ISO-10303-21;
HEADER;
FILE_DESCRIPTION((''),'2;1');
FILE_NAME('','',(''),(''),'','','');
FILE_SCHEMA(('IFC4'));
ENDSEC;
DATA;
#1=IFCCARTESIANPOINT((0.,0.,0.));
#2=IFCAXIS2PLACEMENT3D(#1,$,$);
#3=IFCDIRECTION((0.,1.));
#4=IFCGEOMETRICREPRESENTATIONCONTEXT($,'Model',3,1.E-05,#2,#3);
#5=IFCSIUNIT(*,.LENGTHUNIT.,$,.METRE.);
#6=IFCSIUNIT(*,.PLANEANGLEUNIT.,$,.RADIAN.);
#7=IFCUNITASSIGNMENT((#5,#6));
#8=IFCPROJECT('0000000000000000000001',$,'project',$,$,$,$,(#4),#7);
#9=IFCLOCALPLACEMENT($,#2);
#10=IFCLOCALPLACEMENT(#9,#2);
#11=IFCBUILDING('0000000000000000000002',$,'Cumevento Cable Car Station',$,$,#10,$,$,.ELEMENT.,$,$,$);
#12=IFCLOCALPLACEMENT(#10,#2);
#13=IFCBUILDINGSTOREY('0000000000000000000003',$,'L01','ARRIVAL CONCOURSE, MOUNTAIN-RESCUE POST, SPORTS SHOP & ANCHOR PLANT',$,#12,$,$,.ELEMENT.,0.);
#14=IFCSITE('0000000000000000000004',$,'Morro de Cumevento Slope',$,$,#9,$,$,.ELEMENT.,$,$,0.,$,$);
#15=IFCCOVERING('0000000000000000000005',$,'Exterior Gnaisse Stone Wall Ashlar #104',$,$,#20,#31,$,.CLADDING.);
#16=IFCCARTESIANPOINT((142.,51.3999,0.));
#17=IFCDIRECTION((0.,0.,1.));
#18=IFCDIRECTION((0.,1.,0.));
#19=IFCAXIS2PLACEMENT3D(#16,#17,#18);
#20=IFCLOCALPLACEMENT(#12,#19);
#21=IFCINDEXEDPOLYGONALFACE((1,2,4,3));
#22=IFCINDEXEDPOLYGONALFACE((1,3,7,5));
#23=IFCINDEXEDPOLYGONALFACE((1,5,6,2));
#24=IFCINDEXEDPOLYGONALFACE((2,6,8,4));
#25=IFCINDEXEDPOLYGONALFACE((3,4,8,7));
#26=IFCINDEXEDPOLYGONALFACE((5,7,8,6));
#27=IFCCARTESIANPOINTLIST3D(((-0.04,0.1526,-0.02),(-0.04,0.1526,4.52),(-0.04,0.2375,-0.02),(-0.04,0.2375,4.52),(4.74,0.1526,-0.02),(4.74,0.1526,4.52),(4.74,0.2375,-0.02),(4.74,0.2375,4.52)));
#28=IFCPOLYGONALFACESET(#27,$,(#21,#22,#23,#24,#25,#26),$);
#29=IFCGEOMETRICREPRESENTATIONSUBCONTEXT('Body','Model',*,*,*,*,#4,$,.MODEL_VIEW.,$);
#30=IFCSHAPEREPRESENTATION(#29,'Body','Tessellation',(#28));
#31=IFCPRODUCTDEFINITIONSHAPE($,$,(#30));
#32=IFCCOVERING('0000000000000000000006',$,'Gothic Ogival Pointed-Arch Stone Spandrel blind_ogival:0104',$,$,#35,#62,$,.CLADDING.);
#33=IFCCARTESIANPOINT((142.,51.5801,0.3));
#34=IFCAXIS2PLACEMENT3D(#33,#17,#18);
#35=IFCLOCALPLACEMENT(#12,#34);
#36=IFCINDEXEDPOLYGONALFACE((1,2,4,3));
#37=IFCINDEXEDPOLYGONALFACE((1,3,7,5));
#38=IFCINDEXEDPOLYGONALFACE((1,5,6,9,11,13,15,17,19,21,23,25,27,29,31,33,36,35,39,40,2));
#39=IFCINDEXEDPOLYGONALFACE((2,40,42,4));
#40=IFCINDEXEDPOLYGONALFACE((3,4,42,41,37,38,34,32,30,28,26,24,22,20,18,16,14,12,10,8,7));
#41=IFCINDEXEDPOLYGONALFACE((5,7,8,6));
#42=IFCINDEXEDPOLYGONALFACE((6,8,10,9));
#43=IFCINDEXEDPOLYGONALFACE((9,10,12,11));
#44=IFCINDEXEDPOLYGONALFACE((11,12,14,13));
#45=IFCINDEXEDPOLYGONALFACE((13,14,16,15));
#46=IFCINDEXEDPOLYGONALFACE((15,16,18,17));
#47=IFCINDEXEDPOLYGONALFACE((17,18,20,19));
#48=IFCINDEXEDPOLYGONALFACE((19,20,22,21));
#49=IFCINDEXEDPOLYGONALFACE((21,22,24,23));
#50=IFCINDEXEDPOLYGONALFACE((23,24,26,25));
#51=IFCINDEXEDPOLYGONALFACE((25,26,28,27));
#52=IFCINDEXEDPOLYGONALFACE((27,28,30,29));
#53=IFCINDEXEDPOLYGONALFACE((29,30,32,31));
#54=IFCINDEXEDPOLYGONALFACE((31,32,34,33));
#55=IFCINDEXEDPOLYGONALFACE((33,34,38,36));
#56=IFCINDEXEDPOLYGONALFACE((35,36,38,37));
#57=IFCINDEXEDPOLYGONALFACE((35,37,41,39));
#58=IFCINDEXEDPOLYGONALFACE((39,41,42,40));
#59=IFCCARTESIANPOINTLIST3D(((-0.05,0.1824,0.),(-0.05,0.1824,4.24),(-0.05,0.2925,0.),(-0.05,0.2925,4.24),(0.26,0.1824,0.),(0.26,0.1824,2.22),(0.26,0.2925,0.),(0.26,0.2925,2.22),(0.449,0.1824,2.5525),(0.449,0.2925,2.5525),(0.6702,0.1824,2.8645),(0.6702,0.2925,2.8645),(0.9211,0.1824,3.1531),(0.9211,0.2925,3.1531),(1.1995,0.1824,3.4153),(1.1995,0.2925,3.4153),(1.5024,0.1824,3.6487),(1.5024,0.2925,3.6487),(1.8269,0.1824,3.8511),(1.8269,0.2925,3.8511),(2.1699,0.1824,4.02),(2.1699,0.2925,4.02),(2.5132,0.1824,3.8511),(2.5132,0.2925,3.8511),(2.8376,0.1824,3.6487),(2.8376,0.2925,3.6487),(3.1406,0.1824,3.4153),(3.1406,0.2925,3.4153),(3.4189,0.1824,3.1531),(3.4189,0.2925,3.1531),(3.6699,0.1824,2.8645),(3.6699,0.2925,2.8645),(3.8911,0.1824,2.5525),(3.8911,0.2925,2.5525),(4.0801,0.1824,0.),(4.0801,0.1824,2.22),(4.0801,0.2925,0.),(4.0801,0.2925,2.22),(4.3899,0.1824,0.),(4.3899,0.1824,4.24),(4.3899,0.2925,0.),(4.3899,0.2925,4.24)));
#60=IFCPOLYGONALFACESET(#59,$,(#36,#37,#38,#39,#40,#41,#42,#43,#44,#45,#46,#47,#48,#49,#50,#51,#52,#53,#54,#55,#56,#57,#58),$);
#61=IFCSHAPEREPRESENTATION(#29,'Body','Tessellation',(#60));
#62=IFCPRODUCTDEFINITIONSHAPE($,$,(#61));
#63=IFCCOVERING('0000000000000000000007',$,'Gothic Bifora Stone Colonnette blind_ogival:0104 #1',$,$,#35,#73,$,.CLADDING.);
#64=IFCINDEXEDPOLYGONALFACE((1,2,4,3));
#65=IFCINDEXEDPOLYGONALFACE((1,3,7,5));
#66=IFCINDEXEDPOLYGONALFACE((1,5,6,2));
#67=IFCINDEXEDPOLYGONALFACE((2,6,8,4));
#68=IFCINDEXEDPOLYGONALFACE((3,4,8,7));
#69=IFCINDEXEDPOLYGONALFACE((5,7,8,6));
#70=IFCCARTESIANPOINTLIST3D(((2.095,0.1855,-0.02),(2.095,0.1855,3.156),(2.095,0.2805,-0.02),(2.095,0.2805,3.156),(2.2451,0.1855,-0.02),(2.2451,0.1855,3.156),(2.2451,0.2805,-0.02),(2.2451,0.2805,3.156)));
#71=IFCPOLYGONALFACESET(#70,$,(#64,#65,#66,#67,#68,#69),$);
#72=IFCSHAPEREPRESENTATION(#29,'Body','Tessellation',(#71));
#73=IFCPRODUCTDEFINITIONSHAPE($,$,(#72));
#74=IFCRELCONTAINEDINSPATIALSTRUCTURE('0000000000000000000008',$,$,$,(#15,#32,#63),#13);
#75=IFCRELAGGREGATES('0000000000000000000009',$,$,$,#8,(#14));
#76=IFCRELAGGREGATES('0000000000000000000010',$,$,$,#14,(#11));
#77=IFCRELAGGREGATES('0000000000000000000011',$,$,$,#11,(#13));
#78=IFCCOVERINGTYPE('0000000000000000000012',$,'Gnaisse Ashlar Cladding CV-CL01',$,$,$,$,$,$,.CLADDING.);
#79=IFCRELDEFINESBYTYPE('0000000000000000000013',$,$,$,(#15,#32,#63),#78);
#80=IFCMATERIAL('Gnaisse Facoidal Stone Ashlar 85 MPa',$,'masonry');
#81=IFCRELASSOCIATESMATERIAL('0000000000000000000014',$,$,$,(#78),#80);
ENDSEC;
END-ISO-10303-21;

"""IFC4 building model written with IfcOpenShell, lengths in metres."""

from ifc_helpers import new_model, si_unit, direction, frame, origin, place, context, subcontext, project, spatial, polyline, outline, extrude, material, type_object, element, save


model = new_model("IFC4")

# Units and contexts
model_context = context("Model", 3, precision=1e-05, world=origin(), true_north=direction((0.0, 1.0)))
body_context = subcontext(model_context, "Body", "Model", "MODEL_VIEW")
ifc_project = project(units=[si_unit("LENGTHUNIT", "METRE"), si_unit("PLANEANGLEUNIT", "RADIAN")], contexts=[model_context])

# Site, building, storey
site_placement = place(None, origin())
site = spatial("IfcSite", under=ifc_project, at=site_placement, Name="Morro de Cumevento Slope", CompositionType="ELEMENT", RefElevation=0.0)
building_placement = place(site_placement, origin())
building = spatial("IfcBuilding", under=site, at=building_placement, Name="Cumevento Cable Car Station", CompositionType="ELEMENT")
storey_placement = place(building_placement, origin())
storey = spatial("IfcBuildingStorey", under=building, at=storey_placement, Name="L01", Description="ARRIVAL CONCOURSE, MOUNTAIN-RESCUE POST, SPORTS SHOP & ANCHOR PLANT", CompositionType="ELEMENT", Elevation=0.0)

# Coverings
ifc_material_1 = material(Name="Gnaisse Facoidal Stone Ashlar 85 MPa", Category="masonry")
covering_type = type_object("IfcCoveringType", Name="Gnaisse Ashlar Cladding CV-CL01", PredefinedType="CLADDING", material=ifc_material_1)
covering_1_placement = place(storey_placement, frame((142.0, 51.3999, 0.0), z_axis=(0.0, 0.0, 1.0), x_axis=(0.0, 1.0, 0.0)))
element("IfcCovering", 1, at=covering_1_placement, inside=storey, type_object=covering_type, Name="Exterior Gnaisse Stone Wall Ashlar #104", PredefinedType="CLADDING", context=body_context, shape_type="SweptSolid", body=[
    extrude(outline(polyline([(-0.04, -0.02), (4.74, -0.02), (4.74, 4.52), (-0.04, 4.52), (-0.04, -0.02)])), frame((0.0, 0.2375, 0.0), z_axis=(0.0, -1.0, 0.0), x_axis=(1.0, 0.0, 0.0)), (0.0, 0.0, 1.0), 0.085),
])
placement = place(storey_placement, frame((142.0, 51.5801, 0.3), z_axis=(0.0, 0.0, 1.0), x_axis=(0.0, 1.0, 0.0)))
element("IfcCovering", 2, at=placement, inside=storey, type_object=covering_type, Name="Gothic Ogival Pointed-Arch Stone Spandrel blind_ogival:0104", PredefinedType="CLADDING", context=body_context, shape_type="SweptSolid", body=[
    extrude(outline(polyline([(-0.05, 0.0), (-0.05, 4.24), (4.3899, 4.24), (4.3899, 0.0), (4.0801, 0.0), (4.0801, 2.22), (3.8911, 2.5525), (3.6699, 2.8645), (3.4189, 3.1531), (3.1406, 3.4153), (2.8376, 3.6487), (2.5132, 3.8511), (2.1699, 4.02), (1.8269, 3.8511), (1.5024, 3.6487), (1.1995, 3.4153), (0.9211, 3.1531), (0.6702, 2.8645), (0.449, 2.5525), (0.26, 2.22), (0.26, 0.0), (-0.05, 0.0)])), frame((0.0, 0.2925, 0.0), z_axis=(0.0, -1.0, 0.0), x_axis=(1.0, 0.0, 0.0)), (0.0, 0.0, 1.0), 0.1101),
])
element("IfcCovering", 3, at=placement, inside=storey, type_object=covering_type, Name="Gothic Bifora Stone Colonnette blind_ogival:0104 #1", PredefinedType="CLADDING", context=body_context, shape_type="SweptSolid", body=[
    extrude(outline(polyline([(2.095, -0.02), (2.2451, -0.02), (2.2451, 3.156), (2.095, 3.156), (2.095, -0.02)])), frame((0.0, 0.2805, 0.0), z_axis=(0.0, -1.0, 0.0), x_axis=(1.0, 0.0, 0.0)), (0.0, 0.0, 1.0), 0.095),
])

save(model, "model.ifc")
